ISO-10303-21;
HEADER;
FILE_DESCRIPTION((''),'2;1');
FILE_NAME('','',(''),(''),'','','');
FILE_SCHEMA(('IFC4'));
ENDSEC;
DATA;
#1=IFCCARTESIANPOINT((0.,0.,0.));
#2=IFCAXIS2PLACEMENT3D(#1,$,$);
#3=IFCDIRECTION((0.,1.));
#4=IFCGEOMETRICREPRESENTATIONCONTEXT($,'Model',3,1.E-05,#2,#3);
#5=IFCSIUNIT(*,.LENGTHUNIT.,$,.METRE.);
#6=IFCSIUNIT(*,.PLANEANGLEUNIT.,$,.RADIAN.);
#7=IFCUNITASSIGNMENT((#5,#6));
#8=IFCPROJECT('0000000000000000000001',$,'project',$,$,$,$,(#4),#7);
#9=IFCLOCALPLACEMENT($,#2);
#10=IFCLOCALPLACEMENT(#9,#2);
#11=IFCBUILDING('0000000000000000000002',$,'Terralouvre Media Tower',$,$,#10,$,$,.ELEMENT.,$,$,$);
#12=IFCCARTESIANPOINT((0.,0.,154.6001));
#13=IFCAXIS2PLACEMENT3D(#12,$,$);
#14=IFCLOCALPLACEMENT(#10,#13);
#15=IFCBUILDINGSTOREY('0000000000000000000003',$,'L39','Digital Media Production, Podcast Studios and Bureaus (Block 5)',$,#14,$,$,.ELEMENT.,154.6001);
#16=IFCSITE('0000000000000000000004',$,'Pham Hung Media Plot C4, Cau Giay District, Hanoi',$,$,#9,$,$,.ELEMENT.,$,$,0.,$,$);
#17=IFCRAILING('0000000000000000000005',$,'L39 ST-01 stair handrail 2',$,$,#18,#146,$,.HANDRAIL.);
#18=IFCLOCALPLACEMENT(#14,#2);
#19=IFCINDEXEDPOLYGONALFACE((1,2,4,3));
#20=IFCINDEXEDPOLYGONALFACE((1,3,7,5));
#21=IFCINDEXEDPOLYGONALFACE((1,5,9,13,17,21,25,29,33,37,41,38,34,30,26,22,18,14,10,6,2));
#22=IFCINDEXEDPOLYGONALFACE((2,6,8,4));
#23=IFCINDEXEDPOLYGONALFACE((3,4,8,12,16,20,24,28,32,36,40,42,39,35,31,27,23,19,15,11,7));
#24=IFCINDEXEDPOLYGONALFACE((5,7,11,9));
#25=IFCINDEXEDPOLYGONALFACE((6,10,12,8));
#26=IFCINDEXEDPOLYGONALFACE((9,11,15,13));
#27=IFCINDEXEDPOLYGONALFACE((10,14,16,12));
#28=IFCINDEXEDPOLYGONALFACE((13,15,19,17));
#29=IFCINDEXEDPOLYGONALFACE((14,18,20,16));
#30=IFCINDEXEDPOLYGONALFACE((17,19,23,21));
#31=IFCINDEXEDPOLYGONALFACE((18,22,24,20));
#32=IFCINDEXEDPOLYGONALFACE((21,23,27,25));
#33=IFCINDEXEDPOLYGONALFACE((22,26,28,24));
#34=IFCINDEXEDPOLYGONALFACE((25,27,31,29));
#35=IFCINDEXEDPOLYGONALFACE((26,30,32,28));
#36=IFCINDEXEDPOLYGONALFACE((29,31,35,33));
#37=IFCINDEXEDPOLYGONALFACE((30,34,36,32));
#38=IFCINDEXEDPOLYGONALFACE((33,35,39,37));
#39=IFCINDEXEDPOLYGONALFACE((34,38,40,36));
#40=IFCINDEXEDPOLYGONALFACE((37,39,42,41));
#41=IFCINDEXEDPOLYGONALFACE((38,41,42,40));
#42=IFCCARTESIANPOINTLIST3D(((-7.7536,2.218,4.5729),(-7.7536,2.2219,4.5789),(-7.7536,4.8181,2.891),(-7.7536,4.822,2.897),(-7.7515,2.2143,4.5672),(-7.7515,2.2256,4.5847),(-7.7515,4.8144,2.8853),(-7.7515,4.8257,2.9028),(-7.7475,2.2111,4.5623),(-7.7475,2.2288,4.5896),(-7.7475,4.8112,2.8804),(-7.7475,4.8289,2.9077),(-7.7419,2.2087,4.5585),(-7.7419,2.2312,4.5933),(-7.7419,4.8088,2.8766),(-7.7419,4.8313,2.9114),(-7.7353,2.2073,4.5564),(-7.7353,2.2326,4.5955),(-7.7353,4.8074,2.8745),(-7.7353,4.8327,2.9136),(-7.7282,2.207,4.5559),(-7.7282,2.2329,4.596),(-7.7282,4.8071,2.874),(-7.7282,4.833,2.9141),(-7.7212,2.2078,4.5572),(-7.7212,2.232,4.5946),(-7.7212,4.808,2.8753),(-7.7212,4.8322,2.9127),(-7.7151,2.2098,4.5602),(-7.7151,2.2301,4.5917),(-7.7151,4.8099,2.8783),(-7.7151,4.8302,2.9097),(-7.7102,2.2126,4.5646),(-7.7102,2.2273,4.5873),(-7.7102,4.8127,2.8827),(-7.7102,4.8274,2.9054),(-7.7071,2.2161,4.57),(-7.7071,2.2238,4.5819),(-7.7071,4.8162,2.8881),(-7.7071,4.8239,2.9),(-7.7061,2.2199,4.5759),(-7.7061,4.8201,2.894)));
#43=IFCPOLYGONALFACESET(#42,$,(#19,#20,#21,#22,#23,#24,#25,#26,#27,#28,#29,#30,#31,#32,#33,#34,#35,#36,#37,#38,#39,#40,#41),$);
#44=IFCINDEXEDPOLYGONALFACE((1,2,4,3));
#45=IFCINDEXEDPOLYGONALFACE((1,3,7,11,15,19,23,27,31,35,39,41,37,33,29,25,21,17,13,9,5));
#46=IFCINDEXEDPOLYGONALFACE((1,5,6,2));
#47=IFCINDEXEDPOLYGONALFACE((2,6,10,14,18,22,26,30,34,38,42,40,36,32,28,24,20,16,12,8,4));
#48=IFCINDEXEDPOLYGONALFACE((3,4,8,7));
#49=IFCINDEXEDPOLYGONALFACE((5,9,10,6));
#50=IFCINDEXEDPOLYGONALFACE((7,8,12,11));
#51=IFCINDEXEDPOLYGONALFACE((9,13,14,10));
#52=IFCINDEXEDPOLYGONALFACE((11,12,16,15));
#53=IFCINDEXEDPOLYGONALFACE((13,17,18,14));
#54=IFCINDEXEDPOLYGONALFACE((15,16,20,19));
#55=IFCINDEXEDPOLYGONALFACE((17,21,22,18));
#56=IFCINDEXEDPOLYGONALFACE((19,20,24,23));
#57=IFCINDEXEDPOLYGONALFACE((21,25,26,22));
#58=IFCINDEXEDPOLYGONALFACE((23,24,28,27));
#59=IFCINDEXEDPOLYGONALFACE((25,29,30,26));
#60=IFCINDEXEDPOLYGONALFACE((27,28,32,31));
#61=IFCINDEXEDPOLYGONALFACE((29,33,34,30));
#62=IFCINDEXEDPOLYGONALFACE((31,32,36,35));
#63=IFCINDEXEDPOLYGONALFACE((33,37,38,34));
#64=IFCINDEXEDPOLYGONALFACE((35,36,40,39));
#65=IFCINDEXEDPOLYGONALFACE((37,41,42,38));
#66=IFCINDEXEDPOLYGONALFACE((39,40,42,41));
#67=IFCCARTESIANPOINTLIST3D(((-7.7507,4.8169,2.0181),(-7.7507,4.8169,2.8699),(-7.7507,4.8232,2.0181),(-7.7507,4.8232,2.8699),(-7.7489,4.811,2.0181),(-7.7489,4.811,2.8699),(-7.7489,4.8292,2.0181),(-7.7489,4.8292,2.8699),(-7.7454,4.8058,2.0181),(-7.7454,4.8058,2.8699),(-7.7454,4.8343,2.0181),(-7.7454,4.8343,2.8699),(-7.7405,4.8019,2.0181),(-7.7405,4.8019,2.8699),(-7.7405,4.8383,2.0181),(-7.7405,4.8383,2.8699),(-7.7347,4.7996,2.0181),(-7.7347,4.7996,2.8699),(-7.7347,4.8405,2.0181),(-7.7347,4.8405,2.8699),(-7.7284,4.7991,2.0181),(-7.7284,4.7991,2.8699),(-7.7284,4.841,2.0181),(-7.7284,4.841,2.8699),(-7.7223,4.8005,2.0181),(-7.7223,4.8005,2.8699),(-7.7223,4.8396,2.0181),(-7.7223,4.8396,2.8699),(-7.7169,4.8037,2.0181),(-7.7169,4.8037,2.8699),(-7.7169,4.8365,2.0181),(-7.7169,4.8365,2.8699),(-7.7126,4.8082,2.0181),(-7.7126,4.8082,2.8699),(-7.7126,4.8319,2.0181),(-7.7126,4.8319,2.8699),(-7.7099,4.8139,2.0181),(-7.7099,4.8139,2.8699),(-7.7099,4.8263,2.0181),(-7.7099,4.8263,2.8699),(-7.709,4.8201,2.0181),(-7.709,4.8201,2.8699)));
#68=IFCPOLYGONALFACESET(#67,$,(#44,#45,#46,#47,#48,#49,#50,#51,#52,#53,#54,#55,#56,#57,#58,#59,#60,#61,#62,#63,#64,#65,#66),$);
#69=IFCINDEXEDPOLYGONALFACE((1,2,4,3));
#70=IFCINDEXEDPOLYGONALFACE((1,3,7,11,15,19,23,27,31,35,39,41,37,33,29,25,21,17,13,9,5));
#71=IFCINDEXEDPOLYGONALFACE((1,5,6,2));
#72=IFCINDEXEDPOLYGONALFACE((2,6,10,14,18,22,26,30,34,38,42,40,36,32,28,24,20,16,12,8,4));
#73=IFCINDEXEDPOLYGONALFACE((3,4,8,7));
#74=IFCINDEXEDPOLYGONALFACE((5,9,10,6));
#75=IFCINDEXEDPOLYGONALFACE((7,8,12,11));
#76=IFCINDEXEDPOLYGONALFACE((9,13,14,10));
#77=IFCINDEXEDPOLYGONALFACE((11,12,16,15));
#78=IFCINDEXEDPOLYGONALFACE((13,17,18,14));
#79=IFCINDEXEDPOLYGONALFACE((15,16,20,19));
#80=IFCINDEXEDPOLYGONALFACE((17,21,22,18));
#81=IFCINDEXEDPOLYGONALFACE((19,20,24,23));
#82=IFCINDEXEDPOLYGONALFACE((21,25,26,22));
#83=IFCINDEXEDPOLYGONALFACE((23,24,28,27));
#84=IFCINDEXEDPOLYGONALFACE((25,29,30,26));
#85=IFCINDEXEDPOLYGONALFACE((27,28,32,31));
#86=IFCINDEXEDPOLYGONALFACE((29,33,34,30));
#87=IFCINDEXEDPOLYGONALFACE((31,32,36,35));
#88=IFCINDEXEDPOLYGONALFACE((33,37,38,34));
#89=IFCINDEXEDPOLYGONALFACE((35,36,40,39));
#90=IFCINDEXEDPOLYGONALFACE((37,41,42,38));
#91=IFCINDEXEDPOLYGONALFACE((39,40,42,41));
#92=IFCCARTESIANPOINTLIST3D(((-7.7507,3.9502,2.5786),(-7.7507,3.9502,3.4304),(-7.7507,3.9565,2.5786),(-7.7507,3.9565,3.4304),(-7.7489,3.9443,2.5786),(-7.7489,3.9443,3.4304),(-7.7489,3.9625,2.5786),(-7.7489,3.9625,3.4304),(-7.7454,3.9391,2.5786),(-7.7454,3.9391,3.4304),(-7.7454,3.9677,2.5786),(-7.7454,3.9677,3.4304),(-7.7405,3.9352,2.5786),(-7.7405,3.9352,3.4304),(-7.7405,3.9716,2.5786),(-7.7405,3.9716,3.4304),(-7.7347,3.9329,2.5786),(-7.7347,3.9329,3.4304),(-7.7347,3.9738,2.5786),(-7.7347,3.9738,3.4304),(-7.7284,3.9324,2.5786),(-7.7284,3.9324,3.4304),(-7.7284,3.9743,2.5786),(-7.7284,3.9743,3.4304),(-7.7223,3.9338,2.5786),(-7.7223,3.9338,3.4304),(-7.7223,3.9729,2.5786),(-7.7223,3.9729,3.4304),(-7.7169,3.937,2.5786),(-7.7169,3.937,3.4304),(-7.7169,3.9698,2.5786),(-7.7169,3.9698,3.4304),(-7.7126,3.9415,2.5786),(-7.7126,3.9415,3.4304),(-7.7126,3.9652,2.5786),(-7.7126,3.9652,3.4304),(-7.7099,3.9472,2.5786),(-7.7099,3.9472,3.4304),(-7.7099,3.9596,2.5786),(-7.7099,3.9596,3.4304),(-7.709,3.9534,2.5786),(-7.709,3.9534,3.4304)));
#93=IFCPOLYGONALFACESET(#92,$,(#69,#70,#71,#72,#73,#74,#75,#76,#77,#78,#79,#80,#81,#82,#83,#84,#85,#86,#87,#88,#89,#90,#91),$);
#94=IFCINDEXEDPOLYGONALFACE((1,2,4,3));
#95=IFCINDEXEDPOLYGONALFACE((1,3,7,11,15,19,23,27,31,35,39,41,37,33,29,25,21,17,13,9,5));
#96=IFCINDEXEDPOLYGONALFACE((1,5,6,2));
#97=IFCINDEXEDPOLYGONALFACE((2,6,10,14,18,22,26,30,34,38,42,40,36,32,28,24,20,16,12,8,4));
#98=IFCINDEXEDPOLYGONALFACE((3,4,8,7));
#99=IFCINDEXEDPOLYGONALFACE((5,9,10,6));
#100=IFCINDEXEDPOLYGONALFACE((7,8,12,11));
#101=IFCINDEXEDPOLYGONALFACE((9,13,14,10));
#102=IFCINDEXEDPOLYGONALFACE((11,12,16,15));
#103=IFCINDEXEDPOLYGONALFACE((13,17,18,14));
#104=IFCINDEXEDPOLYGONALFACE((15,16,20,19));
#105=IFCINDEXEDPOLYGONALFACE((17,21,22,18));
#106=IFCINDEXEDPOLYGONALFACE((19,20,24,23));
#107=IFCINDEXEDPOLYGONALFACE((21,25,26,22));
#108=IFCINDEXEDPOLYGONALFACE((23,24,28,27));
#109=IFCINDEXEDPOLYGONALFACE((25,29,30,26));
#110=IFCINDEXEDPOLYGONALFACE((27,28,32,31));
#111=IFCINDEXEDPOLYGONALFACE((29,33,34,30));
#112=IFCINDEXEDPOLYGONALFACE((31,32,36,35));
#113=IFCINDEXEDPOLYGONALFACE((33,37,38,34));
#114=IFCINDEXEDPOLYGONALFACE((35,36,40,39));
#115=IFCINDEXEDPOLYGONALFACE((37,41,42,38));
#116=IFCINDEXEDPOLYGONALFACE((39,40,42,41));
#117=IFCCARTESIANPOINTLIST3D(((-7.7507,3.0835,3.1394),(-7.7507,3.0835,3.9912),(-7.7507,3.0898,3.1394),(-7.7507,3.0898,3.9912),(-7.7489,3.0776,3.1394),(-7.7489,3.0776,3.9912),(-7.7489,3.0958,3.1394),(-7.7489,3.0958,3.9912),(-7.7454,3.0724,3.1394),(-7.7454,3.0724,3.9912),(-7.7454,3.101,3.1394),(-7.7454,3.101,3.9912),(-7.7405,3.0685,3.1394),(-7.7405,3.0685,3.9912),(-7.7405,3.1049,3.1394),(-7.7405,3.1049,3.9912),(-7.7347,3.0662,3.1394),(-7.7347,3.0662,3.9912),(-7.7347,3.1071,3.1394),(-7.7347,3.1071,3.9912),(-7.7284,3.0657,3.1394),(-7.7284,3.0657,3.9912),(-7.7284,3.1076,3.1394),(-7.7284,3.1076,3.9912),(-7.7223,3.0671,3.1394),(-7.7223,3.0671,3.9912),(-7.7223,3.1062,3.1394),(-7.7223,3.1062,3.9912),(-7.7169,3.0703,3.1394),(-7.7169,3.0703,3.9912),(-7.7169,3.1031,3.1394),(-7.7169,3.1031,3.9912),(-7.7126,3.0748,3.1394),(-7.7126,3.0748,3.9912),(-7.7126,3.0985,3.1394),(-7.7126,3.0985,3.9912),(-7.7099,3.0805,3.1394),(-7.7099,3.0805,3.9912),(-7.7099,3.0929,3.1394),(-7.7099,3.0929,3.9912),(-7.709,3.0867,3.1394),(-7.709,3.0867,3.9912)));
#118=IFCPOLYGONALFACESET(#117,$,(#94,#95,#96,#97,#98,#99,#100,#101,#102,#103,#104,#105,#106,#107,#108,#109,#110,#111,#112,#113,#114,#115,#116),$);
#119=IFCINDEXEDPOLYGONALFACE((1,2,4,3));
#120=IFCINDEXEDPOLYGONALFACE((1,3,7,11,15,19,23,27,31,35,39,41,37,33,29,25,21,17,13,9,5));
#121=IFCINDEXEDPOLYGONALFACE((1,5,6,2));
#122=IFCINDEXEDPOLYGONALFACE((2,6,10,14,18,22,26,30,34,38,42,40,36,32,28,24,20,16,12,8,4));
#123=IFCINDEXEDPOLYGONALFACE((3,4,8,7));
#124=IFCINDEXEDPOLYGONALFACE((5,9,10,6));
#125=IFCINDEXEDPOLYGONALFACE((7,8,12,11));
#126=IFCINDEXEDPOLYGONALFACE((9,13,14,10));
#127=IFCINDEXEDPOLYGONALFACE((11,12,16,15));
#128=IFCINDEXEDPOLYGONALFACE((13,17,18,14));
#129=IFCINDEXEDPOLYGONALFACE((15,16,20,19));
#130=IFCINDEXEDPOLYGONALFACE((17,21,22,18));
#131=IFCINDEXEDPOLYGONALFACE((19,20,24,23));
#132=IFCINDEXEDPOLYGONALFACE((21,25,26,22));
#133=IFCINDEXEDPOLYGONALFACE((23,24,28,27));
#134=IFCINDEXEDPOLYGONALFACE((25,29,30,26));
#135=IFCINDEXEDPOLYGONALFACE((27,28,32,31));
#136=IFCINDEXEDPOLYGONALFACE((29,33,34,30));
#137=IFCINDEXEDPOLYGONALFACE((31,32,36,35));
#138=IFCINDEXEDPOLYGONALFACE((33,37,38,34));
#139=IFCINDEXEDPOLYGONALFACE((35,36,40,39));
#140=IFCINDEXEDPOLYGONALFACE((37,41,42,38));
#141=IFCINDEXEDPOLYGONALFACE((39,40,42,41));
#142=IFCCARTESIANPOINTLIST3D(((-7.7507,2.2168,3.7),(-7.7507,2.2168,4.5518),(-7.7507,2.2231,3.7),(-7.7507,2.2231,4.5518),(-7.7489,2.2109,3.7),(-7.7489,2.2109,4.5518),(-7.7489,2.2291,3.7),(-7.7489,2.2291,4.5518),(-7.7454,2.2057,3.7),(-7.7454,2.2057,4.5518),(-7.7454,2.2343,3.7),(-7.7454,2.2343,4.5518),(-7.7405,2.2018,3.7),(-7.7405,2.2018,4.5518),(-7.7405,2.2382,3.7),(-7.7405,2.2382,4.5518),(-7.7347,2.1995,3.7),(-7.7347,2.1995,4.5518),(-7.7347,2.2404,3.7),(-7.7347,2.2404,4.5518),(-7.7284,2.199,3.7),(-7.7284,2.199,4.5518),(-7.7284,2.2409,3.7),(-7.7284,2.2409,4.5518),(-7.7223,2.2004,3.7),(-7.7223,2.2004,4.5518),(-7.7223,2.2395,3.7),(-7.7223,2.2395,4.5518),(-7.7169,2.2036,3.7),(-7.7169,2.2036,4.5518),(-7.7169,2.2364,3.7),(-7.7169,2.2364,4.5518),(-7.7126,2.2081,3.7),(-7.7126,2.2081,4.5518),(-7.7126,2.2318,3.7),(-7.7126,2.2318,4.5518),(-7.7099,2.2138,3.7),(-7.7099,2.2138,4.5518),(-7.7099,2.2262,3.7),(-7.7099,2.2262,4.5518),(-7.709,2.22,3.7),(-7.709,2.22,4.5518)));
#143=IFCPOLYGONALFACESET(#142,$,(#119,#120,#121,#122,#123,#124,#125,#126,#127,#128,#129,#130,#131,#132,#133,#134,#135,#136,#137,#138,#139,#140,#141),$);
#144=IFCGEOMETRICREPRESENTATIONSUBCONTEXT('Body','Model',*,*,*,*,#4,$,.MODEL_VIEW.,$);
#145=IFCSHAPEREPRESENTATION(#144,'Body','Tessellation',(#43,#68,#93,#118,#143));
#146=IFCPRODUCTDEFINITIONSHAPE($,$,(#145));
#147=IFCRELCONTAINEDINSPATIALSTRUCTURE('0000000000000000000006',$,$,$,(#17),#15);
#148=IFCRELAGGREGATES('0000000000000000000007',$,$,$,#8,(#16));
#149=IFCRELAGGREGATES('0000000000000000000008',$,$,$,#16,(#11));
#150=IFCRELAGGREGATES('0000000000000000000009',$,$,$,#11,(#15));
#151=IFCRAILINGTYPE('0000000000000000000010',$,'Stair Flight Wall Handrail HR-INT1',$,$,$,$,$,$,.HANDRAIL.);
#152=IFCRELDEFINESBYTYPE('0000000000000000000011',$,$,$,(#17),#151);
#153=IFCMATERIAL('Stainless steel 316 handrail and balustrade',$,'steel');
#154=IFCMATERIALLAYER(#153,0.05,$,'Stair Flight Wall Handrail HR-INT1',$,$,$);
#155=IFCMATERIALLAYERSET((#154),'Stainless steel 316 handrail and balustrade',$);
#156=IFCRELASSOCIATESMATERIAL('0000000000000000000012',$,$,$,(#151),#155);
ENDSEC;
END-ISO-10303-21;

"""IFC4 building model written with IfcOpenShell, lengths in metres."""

from ifc_helpers import new_model, si_unit, direction, frame, origin, origin_2d, place, context, subcontext, project, spatial, circle, extrude, material, layer, layer_set, type_object, element, save


model = new_model("IFC4")

# Units and contexts
model_context = context("Model", 3, precision=1e-05, world=origin(), true_north=direction((0.0, 1.0)))
body_context = subcontext(model_context, "Body", "Model", "MODEL_VIEW")
ifc_project = project(units=[si_unit("LENGTHUNIT", "METRE"), si_unit("PLANEANGLEUNIT", "RADIAN")], contexts=[model_context])

# Site, building, storey
site_placement = place(None, origin())
site = spatial("IfcSite", under=ifc_project, at=site_placement, Name="Pham Hung Media Plot C4, Cau Giay District, Hanoi", CompositionType="ELEMENT", RefElevation=0.0)
building_placement = place(site_placement, origin())
building = spatial("IfcBuilding", under=site, at=building_placement, Name="Terralouvre Media Tower", CompositionType="ELEMENT")
storey_placement = place(building_placement, frame((0.0, 0.0, 154.6001)))
storey = spatial("IfcBuildingStorey", under=building, at=storey_placement, Name="L39", Description="Digital Media Production, Podcast Studios and Bureaus (Block 5)", CompositionType="ELEMENT", Elevation=154.6001)

# Railing
ifc_material_1 = material(Name="Stainless steel 316 handrail and balustrade", Category="steel")
ifc_layer_1 = layer(ifc_material_1, 0.05, Name="Stair Flight Wall Handrail HR-INT1")
ifc_layer_set_1 = layer_set([ifc_layer_1], Name="Stainless steel 316 handrail and balustrade")
railing_type_1 = type_object("IfcRailingType", Name="Stair Flight Wall Handrail HR-INT1", PredefinedType="HANDRAIL", material=ifc_layer_set_1)
railing_1_placement = place(storey_placement, frame((-7.73, 4.8201, 2.0181)))
element("IfcRailing", 1, at=railing_1_placement, inside=storey, type_object=railing_type_1, Name="L39 ST-01 stair handrail 2", PredefinedType="HANDRAIL", context=body_context, shape_type="SweptSolid", body=[
    extrude(circle(Radius=0.0239, at=origin_2d()), frame((0.0, 0.0, 0.876), z_axis=(0.0, -0.839648, 0.54313), x_axis=(1.0, 0.0, 0.0)), (0.0, 0.0, 1.0), 3.0967),
    extrude(circle(Radius=0.021, at=origin_2d()), origin(), (0.0, 0.0, 1.0), 0.8518),
    extrude(circle(Radius=0.021, at=origin_2d()), frame((0.0, -0.8667, 0.5605)), (0.0, 0.0, 1.0), 0.8518),
    extrude(circle(Radius=0.021, at=origin_2d()), frame((0.0, -1.7334, 1.1213)), (0.0, 0.0, 1.0), 0.8518),
    extrude(circle(Radius=0.021, at=origin_2d()), frame((0.0, -2.6001, 1.6819)), (0.0, 0.0, 1.0), 0.8518),
])

save(model, "model.ifc")
